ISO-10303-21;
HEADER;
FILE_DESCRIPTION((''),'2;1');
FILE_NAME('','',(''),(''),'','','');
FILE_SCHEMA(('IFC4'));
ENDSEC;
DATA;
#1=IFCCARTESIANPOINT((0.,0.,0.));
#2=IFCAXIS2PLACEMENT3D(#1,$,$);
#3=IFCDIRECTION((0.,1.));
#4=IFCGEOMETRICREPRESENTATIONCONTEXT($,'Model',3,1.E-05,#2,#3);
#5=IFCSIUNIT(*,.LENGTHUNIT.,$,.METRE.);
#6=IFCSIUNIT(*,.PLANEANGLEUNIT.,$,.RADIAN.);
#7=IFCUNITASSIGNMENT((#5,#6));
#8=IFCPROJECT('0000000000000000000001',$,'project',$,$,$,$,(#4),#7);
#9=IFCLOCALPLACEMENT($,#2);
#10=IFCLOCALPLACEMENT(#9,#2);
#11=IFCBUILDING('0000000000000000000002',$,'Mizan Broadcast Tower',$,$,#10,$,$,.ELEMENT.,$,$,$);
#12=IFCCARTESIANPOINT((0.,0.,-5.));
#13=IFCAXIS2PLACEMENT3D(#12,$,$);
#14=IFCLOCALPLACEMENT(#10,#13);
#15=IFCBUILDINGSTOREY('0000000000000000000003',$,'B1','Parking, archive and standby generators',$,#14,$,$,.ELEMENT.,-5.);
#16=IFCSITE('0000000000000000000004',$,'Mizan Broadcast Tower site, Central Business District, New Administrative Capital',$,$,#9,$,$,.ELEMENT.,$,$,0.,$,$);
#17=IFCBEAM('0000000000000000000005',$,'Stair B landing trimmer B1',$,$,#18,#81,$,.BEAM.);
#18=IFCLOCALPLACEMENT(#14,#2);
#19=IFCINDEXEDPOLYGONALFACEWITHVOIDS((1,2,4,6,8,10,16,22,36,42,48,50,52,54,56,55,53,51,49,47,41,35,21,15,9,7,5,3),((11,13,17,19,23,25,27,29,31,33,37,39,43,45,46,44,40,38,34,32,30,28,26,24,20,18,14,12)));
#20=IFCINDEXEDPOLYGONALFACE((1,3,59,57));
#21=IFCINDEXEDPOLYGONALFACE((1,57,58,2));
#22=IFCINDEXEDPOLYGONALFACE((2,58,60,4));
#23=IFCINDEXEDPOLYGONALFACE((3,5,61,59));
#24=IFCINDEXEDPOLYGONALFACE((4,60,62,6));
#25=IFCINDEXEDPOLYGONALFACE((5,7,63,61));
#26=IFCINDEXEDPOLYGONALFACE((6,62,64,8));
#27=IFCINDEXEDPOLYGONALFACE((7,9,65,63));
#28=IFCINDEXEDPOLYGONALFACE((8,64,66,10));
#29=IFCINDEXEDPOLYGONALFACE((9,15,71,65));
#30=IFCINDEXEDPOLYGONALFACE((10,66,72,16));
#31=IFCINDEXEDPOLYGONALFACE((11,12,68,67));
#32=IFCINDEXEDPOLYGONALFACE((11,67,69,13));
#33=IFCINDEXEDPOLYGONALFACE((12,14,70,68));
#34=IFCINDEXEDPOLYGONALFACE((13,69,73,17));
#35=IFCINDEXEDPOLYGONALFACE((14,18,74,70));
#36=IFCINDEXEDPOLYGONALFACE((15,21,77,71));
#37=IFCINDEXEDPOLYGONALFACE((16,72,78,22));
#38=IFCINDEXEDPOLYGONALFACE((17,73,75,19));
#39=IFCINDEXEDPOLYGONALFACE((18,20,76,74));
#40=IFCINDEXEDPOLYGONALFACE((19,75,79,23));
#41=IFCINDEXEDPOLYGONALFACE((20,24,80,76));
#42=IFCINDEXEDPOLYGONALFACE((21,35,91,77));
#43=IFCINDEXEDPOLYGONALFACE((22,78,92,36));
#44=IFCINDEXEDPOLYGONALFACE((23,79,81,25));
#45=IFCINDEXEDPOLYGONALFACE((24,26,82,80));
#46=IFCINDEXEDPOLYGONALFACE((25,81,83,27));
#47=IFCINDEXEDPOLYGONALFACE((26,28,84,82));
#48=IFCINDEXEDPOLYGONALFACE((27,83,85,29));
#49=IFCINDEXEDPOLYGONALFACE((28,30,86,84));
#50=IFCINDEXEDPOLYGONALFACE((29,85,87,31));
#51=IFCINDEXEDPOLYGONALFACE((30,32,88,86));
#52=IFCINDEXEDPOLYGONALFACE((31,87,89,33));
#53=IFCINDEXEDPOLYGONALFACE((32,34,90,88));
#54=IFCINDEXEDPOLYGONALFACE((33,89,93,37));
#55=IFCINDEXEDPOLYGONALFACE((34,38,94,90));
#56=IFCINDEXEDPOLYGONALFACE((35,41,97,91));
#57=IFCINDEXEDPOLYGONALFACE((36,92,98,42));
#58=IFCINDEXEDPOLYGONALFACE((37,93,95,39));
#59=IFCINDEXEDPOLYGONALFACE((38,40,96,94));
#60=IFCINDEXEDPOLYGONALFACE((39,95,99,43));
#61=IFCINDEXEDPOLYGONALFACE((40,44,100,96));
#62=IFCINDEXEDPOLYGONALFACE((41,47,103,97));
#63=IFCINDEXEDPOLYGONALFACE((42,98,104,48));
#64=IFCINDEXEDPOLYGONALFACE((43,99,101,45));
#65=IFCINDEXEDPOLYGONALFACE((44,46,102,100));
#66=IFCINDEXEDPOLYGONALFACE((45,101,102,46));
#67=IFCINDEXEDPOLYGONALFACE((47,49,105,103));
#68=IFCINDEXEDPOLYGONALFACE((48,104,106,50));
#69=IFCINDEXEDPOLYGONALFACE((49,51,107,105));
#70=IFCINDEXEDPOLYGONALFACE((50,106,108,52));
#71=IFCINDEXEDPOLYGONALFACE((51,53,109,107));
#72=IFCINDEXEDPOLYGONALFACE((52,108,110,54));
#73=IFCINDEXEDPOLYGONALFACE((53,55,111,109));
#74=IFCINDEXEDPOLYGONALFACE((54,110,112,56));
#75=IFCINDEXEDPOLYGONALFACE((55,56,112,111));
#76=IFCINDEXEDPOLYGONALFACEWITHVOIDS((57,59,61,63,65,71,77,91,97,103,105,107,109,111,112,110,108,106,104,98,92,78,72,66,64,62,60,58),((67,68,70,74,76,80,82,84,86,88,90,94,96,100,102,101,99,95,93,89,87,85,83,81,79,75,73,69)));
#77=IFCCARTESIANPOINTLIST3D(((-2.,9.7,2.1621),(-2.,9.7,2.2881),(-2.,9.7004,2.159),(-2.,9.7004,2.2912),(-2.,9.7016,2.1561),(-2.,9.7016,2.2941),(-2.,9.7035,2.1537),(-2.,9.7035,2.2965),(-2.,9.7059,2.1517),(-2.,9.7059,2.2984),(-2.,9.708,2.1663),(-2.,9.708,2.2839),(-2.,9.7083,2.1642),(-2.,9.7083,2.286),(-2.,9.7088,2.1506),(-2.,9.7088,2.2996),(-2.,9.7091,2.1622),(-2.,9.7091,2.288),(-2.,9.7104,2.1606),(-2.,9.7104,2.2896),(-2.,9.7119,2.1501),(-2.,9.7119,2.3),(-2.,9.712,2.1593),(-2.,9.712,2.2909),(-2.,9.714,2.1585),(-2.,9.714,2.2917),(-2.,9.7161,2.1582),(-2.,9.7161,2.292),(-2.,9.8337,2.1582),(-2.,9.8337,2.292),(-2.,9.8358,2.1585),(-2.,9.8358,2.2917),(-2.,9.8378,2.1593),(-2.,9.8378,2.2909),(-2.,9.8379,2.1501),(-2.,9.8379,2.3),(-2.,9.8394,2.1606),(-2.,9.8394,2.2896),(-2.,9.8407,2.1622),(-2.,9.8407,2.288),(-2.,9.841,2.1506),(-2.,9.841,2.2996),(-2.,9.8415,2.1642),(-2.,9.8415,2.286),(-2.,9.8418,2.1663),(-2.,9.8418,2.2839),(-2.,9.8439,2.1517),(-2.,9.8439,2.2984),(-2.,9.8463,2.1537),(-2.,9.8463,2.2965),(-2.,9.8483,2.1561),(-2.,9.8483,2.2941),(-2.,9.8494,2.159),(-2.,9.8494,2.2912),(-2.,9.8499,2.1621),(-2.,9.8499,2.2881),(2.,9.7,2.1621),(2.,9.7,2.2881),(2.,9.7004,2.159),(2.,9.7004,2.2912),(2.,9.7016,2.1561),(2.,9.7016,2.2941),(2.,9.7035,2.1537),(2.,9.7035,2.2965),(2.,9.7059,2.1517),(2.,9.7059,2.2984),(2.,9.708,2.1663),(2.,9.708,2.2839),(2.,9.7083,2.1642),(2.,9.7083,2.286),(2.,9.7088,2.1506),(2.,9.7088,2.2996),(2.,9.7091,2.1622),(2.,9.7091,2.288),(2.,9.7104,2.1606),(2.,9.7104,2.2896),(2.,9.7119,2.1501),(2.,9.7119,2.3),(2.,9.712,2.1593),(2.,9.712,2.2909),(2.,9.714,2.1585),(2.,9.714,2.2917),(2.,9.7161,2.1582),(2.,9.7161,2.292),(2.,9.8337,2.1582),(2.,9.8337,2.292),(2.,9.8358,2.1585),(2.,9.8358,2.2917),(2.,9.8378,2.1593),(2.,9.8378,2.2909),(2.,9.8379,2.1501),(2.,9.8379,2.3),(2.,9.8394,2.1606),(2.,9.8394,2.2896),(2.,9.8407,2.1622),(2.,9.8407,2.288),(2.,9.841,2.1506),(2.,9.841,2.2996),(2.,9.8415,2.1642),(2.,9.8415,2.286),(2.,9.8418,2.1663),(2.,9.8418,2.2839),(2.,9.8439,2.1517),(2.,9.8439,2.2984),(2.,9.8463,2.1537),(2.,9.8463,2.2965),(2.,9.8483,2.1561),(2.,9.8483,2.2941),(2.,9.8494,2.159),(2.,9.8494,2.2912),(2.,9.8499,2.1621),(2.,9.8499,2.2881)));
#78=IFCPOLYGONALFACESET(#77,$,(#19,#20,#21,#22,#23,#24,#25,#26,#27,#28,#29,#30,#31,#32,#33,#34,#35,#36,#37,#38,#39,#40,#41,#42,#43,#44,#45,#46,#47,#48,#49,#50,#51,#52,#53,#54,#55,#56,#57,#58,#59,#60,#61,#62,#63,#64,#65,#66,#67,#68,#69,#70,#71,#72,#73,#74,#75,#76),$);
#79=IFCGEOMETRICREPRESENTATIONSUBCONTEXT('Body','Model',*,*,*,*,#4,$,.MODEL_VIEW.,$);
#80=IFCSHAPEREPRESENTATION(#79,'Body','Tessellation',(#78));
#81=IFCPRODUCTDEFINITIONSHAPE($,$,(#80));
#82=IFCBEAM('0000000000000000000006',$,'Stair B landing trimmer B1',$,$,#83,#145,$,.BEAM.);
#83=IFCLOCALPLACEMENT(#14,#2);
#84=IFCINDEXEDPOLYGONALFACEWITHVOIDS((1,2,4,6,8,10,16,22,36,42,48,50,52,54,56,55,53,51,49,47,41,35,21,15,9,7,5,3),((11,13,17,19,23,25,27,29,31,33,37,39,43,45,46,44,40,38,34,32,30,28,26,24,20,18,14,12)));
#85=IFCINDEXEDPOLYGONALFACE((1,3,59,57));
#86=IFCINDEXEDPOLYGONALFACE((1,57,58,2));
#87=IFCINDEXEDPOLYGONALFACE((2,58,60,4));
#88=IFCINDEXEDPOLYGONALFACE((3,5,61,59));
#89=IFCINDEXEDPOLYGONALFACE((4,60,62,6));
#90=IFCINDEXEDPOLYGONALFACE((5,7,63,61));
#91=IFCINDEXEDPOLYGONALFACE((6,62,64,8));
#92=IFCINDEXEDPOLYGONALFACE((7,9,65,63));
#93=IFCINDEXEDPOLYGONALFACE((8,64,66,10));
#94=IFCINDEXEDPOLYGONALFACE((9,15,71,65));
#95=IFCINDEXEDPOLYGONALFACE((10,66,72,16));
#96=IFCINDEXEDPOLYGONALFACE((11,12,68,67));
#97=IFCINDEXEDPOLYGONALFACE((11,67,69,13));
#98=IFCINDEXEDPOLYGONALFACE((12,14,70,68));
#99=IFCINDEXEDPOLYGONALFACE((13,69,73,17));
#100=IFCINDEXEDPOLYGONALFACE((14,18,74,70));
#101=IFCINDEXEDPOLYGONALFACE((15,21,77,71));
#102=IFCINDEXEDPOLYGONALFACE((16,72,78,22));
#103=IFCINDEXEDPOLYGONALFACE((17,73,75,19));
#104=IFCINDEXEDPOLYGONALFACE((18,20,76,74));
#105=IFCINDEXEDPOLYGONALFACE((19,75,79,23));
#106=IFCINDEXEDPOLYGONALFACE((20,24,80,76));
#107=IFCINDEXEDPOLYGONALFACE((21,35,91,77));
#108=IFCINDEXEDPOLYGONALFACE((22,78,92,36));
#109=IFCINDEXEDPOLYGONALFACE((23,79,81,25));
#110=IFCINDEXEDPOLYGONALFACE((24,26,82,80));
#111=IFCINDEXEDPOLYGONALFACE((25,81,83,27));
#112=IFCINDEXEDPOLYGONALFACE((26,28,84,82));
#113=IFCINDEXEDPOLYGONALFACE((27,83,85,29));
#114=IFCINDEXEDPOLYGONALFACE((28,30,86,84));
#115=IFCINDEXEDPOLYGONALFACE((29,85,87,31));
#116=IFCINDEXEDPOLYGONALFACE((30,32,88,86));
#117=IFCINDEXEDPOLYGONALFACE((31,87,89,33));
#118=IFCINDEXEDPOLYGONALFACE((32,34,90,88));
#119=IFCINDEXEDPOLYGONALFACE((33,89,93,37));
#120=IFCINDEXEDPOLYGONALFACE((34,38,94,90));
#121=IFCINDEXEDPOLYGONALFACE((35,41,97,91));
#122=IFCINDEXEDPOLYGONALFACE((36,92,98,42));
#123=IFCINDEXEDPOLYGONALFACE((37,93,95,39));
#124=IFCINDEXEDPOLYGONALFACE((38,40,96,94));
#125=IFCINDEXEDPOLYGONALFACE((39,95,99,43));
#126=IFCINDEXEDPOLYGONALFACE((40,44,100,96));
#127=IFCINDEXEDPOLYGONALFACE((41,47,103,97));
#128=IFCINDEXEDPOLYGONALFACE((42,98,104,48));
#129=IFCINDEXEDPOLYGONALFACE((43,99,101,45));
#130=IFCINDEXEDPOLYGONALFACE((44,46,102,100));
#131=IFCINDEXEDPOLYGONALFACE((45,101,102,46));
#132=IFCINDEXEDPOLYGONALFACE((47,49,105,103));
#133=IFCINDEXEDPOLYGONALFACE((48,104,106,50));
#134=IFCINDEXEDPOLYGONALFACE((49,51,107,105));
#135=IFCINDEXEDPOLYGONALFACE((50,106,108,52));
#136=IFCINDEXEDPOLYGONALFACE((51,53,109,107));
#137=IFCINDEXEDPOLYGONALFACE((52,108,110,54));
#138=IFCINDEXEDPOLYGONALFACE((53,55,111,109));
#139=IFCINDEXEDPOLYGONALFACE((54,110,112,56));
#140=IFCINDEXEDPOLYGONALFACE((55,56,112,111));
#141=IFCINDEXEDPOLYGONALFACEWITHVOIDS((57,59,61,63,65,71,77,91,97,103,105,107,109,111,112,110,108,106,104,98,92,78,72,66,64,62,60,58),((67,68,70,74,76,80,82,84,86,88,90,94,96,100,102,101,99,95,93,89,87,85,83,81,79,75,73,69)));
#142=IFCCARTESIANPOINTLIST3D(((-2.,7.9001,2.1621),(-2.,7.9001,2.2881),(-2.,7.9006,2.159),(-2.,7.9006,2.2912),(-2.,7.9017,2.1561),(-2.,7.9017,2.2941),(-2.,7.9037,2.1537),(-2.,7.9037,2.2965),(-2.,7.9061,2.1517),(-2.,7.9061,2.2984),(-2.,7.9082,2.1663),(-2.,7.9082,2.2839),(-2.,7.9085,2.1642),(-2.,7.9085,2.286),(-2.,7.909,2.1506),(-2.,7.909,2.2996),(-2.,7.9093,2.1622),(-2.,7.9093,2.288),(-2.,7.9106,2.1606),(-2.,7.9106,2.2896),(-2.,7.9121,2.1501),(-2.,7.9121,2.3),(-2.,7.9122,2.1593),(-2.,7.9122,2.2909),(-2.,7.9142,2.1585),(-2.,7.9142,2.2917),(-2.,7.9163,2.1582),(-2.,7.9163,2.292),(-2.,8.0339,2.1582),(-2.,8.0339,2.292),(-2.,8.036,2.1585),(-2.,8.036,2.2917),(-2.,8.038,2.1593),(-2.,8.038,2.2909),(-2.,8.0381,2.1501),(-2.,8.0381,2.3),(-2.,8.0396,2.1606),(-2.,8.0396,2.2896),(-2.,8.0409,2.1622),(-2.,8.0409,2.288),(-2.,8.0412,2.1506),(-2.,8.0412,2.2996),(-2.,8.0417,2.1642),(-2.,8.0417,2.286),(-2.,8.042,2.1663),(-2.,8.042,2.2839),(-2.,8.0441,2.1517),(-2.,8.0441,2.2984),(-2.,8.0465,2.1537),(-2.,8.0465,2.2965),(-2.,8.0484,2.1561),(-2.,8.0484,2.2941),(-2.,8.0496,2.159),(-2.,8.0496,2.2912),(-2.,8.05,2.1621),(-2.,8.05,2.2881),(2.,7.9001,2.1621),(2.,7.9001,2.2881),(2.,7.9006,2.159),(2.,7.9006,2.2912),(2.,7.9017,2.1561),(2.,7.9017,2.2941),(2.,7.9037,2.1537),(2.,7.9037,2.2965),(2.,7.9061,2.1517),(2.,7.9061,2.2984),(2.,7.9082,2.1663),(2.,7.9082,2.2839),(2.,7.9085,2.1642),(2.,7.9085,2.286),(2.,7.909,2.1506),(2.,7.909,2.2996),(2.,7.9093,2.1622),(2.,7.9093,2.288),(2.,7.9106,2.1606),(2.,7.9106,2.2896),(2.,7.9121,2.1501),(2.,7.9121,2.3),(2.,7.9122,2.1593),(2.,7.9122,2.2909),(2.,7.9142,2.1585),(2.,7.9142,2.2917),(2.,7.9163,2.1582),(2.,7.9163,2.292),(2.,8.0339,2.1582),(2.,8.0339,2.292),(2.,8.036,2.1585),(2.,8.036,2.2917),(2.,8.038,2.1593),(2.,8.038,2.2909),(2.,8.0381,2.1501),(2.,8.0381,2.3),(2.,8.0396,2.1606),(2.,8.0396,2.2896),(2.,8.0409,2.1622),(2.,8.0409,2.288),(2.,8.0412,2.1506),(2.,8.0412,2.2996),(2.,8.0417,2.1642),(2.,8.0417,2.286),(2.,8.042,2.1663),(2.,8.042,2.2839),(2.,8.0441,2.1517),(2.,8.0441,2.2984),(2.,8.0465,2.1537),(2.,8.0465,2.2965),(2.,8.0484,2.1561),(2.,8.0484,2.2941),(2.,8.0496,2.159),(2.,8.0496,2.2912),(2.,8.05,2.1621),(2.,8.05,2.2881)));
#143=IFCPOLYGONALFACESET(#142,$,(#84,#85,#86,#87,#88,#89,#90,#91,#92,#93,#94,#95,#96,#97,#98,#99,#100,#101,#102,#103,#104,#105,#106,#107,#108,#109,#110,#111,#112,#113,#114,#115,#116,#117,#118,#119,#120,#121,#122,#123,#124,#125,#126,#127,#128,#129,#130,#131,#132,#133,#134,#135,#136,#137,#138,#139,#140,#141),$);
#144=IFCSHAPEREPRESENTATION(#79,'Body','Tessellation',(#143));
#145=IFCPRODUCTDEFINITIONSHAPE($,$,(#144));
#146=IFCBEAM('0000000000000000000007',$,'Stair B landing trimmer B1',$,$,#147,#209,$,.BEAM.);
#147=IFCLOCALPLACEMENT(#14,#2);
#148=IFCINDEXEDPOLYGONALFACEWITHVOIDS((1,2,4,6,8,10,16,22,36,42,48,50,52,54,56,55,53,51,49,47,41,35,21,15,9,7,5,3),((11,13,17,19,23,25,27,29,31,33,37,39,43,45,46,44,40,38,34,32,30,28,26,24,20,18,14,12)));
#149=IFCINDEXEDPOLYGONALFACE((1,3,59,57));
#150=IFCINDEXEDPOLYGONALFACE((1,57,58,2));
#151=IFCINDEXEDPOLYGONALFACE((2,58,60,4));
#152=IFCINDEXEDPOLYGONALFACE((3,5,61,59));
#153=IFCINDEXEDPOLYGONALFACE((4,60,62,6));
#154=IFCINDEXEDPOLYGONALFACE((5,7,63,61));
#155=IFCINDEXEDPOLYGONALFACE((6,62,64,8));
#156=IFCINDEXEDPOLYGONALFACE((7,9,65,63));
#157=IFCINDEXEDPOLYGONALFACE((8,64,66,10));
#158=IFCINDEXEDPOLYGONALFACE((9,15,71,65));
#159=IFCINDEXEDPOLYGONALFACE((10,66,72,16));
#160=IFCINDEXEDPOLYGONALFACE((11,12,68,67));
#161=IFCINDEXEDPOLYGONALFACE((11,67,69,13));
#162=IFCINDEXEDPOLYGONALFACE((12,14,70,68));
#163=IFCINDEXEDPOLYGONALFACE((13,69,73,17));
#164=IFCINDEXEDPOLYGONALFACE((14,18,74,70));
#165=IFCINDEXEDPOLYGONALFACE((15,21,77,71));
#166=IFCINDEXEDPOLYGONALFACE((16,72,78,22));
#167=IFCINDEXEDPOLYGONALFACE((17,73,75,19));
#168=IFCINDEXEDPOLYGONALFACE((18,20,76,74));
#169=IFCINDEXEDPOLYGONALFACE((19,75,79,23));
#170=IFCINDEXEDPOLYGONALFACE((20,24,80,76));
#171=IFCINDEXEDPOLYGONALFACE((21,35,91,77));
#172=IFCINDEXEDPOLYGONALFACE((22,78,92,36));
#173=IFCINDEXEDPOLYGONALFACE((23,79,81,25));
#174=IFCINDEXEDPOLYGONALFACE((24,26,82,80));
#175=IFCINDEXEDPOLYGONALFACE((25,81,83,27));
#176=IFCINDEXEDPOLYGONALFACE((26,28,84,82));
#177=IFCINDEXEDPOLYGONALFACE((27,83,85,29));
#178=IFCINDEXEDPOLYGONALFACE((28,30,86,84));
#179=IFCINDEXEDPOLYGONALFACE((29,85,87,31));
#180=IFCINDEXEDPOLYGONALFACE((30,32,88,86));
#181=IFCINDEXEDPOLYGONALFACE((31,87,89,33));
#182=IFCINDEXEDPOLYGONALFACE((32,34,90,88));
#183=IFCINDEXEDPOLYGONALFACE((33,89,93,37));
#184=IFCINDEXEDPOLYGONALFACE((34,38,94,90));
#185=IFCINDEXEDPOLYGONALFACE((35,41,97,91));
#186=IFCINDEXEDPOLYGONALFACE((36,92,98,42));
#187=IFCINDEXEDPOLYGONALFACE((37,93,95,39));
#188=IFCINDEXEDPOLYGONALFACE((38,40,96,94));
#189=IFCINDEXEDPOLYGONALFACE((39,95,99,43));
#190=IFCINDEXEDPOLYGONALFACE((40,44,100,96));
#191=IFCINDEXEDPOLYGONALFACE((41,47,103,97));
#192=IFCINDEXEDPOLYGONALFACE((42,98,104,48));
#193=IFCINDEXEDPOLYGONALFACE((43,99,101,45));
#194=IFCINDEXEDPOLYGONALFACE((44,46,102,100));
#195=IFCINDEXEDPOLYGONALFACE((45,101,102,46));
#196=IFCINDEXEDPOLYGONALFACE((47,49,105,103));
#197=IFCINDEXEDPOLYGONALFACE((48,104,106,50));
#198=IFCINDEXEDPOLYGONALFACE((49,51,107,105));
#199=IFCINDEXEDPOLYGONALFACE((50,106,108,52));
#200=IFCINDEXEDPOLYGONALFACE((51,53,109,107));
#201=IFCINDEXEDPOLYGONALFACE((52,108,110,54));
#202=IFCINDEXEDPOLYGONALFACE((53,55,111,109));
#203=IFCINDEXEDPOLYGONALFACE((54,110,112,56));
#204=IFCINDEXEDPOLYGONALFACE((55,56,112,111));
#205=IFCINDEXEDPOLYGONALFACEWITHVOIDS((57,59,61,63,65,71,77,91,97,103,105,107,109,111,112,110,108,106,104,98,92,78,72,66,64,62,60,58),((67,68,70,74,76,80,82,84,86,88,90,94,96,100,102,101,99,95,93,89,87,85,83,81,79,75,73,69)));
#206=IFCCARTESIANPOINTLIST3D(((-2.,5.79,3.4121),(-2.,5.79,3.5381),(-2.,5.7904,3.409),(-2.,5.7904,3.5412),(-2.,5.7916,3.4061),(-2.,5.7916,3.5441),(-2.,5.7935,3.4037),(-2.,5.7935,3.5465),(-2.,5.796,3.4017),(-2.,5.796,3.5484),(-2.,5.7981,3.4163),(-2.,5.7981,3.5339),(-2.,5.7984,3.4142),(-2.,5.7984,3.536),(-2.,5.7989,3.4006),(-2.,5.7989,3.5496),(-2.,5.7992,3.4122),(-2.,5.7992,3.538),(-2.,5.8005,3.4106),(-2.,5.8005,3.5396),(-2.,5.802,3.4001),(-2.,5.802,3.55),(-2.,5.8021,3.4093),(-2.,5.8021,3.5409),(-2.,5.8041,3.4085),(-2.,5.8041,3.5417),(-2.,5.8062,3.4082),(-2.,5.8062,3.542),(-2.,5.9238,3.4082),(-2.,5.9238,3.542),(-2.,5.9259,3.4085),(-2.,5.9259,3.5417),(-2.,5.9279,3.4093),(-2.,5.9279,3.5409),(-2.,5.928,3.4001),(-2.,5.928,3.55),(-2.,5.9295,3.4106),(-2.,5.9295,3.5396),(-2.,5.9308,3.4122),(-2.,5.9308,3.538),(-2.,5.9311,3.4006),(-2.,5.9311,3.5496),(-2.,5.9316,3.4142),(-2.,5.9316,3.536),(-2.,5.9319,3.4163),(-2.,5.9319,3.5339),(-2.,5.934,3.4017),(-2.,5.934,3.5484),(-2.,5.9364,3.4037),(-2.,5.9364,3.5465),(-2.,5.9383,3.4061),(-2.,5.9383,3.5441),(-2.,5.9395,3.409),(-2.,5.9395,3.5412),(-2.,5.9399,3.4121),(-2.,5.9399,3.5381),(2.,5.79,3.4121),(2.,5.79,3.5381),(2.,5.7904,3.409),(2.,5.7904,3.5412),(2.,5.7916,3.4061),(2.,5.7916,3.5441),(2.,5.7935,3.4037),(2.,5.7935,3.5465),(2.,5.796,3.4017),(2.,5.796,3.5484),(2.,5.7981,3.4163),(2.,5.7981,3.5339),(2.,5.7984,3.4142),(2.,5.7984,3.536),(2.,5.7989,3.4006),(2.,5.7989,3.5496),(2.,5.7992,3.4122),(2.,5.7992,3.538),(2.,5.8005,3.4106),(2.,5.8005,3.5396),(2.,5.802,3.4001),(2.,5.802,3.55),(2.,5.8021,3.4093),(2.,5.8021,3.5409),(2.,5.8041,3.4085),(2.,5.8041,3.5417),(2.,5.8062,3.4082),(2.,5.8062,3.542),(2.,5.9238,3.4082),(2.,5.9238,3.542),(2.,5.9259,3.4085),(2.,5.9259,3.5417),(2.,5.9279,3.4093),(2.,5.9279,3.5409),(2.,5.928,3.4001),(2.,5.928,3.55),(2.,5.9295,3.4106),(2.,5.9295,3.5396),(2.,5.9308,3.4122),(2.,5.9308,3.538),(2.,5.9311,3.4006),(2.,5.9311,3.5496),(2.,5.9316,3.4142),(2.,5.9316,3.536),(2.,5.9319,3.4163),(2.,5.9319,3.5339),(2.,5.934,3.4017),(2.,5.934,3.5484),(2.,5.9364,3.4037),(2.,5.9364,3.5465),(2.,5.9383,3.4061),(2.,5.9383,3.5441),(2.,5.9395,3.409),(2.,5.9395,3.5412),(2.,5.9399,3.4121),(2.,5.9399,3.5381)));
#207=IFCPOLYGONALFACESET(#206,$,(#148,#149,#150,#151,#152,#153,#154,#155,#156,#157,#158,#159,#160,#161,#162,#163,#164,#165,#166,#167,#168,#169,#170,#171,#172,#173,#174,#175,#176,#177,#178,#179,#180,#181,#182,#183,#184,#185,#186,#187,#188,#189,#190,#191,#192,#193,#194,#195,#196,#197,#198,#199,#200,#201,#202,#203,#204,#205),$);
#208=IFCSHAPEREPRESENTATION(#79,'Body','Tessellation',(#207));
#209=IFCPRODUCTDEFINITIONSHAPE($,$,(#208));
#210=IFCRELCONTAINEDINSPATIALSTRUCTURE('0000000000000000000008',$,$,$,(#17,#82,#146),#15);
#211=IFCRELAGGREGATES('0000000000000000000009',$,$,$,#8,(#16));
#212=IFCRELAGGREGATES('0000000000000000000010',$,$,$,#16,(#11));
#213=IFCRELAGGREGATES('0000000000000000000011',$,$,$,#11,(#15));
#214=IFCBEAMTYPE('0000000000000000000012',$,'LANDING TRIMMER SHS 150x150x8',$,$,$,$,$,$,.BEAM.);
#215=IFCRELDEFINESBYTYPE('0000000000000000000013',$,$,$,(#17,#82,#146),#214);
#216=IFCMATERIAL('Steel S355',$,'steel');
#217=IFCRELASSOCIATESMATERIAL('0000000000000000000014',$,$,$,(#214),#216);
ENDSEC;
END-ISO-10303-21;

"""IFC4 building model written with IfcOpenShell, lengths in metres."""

from ifc_helpers import new_model, si_unit, direction, frame, origin, origin_2d, place, context, subcontext, project, spatial, hollow_rectangle, extrude, material, material_profile, profile_set, type_object, element, save


model = new_model("IFC4")

# Units and contexts
model_context = context("Model", 3, precision=1e-05, world=origin(), true_north=direction((0.0, 1.0)))
body_context = subcontext(model_context, "Body", "Model", "MODEL_VIEW")
ifc_project = project(units=[si_unit("LENGTHUNIT", "METRE"), si_unit("PLANEANGLEUNIT", "RADIAN")], contexts=[model_context])

# Site, building, storey
site_placement = place(None, origin())
site = spatial("IfcSite", under=ifc_project, at=site_placement, Name="Mizan Broadcast Tower site, Central Business District, New Administrative Capital", CompositionType="ELEMENT", RefElevation=0.0)
building_placement = place(site_placement, origin())
building = spatial("IfcBuilding", under=site, at=building_placement, Name="Mizan Broadcast Tower", CompositionType="ELEMENT")
storey_placement = place(building_placement, frame((0.0, 0.0, -5.0)))
storey = spatial("IfcBuildingStorey", under=building, at=storey_placement, Name="B1", Description="Parking, archive and standby generators", CompositionType="ELEMENT", Elevation=-5.0)

# Beams
ifc_material_1 = material(Name="Steel S355", Category="steel")
ifc_material_profile_1 = material_profile(ifc_material_1, hollow_rectangle(XDim=0.1499, YDim=0.1499, WallThickness=0.0081, InnerFilletRadius=0.0081, OuterFilletRadius=0.012, at=origin_2d()), Name="SHS 150x150x8")
ifc_profile_set_1 = profile_set([ifc_material_profile_1], Name="Steel S355")
beam_type = type_object("IfcBeamType", Name="LANDING TRIMMER SHS 150x150x8", PredefinedType="BEAM", material=ifc_profile_set_1)
for number, where, z_axis, x_axis, name in (
    (1, (2.0, 9.7749, 2.2251), (-1.0, 0.0, 0.0), (0.0, -1.0, 0.0), "Stair B landing trimmer B1"),
    (2, (2.0, 7.9751, 2.2251), (-1.0, 0.0, 0.0), (0.0, -1.0, 0.0), "Stair B landing trimmer B1"),
    (3, (2.0, 5.865, 3.4751), (-1.0, 0.0, 0.0), (0.0, -1.0, 0.0), "Stair B landing trimmer B1"),
):
    element("IfcBeam", number, at=place(storey_placement, frame(where, z_axis=z_axis, x_axis=x_axis)), inside=storey, type_object=beam_type, Name=name, PredefinedType="BEAM", context=body_context, shape_type="SweptSolid", body=[
        extrude(hollow_rectangle(XDim=0.1499, YDim=0.1499, WallThickness=0.0081, InnerFilletRadius=0.0081, OuterFilletRadius=0.012, at=origin_2d()), origin(), (0.0, 0.0, 1.0), 4.0),
    ])

save(model, "model.ifc")
